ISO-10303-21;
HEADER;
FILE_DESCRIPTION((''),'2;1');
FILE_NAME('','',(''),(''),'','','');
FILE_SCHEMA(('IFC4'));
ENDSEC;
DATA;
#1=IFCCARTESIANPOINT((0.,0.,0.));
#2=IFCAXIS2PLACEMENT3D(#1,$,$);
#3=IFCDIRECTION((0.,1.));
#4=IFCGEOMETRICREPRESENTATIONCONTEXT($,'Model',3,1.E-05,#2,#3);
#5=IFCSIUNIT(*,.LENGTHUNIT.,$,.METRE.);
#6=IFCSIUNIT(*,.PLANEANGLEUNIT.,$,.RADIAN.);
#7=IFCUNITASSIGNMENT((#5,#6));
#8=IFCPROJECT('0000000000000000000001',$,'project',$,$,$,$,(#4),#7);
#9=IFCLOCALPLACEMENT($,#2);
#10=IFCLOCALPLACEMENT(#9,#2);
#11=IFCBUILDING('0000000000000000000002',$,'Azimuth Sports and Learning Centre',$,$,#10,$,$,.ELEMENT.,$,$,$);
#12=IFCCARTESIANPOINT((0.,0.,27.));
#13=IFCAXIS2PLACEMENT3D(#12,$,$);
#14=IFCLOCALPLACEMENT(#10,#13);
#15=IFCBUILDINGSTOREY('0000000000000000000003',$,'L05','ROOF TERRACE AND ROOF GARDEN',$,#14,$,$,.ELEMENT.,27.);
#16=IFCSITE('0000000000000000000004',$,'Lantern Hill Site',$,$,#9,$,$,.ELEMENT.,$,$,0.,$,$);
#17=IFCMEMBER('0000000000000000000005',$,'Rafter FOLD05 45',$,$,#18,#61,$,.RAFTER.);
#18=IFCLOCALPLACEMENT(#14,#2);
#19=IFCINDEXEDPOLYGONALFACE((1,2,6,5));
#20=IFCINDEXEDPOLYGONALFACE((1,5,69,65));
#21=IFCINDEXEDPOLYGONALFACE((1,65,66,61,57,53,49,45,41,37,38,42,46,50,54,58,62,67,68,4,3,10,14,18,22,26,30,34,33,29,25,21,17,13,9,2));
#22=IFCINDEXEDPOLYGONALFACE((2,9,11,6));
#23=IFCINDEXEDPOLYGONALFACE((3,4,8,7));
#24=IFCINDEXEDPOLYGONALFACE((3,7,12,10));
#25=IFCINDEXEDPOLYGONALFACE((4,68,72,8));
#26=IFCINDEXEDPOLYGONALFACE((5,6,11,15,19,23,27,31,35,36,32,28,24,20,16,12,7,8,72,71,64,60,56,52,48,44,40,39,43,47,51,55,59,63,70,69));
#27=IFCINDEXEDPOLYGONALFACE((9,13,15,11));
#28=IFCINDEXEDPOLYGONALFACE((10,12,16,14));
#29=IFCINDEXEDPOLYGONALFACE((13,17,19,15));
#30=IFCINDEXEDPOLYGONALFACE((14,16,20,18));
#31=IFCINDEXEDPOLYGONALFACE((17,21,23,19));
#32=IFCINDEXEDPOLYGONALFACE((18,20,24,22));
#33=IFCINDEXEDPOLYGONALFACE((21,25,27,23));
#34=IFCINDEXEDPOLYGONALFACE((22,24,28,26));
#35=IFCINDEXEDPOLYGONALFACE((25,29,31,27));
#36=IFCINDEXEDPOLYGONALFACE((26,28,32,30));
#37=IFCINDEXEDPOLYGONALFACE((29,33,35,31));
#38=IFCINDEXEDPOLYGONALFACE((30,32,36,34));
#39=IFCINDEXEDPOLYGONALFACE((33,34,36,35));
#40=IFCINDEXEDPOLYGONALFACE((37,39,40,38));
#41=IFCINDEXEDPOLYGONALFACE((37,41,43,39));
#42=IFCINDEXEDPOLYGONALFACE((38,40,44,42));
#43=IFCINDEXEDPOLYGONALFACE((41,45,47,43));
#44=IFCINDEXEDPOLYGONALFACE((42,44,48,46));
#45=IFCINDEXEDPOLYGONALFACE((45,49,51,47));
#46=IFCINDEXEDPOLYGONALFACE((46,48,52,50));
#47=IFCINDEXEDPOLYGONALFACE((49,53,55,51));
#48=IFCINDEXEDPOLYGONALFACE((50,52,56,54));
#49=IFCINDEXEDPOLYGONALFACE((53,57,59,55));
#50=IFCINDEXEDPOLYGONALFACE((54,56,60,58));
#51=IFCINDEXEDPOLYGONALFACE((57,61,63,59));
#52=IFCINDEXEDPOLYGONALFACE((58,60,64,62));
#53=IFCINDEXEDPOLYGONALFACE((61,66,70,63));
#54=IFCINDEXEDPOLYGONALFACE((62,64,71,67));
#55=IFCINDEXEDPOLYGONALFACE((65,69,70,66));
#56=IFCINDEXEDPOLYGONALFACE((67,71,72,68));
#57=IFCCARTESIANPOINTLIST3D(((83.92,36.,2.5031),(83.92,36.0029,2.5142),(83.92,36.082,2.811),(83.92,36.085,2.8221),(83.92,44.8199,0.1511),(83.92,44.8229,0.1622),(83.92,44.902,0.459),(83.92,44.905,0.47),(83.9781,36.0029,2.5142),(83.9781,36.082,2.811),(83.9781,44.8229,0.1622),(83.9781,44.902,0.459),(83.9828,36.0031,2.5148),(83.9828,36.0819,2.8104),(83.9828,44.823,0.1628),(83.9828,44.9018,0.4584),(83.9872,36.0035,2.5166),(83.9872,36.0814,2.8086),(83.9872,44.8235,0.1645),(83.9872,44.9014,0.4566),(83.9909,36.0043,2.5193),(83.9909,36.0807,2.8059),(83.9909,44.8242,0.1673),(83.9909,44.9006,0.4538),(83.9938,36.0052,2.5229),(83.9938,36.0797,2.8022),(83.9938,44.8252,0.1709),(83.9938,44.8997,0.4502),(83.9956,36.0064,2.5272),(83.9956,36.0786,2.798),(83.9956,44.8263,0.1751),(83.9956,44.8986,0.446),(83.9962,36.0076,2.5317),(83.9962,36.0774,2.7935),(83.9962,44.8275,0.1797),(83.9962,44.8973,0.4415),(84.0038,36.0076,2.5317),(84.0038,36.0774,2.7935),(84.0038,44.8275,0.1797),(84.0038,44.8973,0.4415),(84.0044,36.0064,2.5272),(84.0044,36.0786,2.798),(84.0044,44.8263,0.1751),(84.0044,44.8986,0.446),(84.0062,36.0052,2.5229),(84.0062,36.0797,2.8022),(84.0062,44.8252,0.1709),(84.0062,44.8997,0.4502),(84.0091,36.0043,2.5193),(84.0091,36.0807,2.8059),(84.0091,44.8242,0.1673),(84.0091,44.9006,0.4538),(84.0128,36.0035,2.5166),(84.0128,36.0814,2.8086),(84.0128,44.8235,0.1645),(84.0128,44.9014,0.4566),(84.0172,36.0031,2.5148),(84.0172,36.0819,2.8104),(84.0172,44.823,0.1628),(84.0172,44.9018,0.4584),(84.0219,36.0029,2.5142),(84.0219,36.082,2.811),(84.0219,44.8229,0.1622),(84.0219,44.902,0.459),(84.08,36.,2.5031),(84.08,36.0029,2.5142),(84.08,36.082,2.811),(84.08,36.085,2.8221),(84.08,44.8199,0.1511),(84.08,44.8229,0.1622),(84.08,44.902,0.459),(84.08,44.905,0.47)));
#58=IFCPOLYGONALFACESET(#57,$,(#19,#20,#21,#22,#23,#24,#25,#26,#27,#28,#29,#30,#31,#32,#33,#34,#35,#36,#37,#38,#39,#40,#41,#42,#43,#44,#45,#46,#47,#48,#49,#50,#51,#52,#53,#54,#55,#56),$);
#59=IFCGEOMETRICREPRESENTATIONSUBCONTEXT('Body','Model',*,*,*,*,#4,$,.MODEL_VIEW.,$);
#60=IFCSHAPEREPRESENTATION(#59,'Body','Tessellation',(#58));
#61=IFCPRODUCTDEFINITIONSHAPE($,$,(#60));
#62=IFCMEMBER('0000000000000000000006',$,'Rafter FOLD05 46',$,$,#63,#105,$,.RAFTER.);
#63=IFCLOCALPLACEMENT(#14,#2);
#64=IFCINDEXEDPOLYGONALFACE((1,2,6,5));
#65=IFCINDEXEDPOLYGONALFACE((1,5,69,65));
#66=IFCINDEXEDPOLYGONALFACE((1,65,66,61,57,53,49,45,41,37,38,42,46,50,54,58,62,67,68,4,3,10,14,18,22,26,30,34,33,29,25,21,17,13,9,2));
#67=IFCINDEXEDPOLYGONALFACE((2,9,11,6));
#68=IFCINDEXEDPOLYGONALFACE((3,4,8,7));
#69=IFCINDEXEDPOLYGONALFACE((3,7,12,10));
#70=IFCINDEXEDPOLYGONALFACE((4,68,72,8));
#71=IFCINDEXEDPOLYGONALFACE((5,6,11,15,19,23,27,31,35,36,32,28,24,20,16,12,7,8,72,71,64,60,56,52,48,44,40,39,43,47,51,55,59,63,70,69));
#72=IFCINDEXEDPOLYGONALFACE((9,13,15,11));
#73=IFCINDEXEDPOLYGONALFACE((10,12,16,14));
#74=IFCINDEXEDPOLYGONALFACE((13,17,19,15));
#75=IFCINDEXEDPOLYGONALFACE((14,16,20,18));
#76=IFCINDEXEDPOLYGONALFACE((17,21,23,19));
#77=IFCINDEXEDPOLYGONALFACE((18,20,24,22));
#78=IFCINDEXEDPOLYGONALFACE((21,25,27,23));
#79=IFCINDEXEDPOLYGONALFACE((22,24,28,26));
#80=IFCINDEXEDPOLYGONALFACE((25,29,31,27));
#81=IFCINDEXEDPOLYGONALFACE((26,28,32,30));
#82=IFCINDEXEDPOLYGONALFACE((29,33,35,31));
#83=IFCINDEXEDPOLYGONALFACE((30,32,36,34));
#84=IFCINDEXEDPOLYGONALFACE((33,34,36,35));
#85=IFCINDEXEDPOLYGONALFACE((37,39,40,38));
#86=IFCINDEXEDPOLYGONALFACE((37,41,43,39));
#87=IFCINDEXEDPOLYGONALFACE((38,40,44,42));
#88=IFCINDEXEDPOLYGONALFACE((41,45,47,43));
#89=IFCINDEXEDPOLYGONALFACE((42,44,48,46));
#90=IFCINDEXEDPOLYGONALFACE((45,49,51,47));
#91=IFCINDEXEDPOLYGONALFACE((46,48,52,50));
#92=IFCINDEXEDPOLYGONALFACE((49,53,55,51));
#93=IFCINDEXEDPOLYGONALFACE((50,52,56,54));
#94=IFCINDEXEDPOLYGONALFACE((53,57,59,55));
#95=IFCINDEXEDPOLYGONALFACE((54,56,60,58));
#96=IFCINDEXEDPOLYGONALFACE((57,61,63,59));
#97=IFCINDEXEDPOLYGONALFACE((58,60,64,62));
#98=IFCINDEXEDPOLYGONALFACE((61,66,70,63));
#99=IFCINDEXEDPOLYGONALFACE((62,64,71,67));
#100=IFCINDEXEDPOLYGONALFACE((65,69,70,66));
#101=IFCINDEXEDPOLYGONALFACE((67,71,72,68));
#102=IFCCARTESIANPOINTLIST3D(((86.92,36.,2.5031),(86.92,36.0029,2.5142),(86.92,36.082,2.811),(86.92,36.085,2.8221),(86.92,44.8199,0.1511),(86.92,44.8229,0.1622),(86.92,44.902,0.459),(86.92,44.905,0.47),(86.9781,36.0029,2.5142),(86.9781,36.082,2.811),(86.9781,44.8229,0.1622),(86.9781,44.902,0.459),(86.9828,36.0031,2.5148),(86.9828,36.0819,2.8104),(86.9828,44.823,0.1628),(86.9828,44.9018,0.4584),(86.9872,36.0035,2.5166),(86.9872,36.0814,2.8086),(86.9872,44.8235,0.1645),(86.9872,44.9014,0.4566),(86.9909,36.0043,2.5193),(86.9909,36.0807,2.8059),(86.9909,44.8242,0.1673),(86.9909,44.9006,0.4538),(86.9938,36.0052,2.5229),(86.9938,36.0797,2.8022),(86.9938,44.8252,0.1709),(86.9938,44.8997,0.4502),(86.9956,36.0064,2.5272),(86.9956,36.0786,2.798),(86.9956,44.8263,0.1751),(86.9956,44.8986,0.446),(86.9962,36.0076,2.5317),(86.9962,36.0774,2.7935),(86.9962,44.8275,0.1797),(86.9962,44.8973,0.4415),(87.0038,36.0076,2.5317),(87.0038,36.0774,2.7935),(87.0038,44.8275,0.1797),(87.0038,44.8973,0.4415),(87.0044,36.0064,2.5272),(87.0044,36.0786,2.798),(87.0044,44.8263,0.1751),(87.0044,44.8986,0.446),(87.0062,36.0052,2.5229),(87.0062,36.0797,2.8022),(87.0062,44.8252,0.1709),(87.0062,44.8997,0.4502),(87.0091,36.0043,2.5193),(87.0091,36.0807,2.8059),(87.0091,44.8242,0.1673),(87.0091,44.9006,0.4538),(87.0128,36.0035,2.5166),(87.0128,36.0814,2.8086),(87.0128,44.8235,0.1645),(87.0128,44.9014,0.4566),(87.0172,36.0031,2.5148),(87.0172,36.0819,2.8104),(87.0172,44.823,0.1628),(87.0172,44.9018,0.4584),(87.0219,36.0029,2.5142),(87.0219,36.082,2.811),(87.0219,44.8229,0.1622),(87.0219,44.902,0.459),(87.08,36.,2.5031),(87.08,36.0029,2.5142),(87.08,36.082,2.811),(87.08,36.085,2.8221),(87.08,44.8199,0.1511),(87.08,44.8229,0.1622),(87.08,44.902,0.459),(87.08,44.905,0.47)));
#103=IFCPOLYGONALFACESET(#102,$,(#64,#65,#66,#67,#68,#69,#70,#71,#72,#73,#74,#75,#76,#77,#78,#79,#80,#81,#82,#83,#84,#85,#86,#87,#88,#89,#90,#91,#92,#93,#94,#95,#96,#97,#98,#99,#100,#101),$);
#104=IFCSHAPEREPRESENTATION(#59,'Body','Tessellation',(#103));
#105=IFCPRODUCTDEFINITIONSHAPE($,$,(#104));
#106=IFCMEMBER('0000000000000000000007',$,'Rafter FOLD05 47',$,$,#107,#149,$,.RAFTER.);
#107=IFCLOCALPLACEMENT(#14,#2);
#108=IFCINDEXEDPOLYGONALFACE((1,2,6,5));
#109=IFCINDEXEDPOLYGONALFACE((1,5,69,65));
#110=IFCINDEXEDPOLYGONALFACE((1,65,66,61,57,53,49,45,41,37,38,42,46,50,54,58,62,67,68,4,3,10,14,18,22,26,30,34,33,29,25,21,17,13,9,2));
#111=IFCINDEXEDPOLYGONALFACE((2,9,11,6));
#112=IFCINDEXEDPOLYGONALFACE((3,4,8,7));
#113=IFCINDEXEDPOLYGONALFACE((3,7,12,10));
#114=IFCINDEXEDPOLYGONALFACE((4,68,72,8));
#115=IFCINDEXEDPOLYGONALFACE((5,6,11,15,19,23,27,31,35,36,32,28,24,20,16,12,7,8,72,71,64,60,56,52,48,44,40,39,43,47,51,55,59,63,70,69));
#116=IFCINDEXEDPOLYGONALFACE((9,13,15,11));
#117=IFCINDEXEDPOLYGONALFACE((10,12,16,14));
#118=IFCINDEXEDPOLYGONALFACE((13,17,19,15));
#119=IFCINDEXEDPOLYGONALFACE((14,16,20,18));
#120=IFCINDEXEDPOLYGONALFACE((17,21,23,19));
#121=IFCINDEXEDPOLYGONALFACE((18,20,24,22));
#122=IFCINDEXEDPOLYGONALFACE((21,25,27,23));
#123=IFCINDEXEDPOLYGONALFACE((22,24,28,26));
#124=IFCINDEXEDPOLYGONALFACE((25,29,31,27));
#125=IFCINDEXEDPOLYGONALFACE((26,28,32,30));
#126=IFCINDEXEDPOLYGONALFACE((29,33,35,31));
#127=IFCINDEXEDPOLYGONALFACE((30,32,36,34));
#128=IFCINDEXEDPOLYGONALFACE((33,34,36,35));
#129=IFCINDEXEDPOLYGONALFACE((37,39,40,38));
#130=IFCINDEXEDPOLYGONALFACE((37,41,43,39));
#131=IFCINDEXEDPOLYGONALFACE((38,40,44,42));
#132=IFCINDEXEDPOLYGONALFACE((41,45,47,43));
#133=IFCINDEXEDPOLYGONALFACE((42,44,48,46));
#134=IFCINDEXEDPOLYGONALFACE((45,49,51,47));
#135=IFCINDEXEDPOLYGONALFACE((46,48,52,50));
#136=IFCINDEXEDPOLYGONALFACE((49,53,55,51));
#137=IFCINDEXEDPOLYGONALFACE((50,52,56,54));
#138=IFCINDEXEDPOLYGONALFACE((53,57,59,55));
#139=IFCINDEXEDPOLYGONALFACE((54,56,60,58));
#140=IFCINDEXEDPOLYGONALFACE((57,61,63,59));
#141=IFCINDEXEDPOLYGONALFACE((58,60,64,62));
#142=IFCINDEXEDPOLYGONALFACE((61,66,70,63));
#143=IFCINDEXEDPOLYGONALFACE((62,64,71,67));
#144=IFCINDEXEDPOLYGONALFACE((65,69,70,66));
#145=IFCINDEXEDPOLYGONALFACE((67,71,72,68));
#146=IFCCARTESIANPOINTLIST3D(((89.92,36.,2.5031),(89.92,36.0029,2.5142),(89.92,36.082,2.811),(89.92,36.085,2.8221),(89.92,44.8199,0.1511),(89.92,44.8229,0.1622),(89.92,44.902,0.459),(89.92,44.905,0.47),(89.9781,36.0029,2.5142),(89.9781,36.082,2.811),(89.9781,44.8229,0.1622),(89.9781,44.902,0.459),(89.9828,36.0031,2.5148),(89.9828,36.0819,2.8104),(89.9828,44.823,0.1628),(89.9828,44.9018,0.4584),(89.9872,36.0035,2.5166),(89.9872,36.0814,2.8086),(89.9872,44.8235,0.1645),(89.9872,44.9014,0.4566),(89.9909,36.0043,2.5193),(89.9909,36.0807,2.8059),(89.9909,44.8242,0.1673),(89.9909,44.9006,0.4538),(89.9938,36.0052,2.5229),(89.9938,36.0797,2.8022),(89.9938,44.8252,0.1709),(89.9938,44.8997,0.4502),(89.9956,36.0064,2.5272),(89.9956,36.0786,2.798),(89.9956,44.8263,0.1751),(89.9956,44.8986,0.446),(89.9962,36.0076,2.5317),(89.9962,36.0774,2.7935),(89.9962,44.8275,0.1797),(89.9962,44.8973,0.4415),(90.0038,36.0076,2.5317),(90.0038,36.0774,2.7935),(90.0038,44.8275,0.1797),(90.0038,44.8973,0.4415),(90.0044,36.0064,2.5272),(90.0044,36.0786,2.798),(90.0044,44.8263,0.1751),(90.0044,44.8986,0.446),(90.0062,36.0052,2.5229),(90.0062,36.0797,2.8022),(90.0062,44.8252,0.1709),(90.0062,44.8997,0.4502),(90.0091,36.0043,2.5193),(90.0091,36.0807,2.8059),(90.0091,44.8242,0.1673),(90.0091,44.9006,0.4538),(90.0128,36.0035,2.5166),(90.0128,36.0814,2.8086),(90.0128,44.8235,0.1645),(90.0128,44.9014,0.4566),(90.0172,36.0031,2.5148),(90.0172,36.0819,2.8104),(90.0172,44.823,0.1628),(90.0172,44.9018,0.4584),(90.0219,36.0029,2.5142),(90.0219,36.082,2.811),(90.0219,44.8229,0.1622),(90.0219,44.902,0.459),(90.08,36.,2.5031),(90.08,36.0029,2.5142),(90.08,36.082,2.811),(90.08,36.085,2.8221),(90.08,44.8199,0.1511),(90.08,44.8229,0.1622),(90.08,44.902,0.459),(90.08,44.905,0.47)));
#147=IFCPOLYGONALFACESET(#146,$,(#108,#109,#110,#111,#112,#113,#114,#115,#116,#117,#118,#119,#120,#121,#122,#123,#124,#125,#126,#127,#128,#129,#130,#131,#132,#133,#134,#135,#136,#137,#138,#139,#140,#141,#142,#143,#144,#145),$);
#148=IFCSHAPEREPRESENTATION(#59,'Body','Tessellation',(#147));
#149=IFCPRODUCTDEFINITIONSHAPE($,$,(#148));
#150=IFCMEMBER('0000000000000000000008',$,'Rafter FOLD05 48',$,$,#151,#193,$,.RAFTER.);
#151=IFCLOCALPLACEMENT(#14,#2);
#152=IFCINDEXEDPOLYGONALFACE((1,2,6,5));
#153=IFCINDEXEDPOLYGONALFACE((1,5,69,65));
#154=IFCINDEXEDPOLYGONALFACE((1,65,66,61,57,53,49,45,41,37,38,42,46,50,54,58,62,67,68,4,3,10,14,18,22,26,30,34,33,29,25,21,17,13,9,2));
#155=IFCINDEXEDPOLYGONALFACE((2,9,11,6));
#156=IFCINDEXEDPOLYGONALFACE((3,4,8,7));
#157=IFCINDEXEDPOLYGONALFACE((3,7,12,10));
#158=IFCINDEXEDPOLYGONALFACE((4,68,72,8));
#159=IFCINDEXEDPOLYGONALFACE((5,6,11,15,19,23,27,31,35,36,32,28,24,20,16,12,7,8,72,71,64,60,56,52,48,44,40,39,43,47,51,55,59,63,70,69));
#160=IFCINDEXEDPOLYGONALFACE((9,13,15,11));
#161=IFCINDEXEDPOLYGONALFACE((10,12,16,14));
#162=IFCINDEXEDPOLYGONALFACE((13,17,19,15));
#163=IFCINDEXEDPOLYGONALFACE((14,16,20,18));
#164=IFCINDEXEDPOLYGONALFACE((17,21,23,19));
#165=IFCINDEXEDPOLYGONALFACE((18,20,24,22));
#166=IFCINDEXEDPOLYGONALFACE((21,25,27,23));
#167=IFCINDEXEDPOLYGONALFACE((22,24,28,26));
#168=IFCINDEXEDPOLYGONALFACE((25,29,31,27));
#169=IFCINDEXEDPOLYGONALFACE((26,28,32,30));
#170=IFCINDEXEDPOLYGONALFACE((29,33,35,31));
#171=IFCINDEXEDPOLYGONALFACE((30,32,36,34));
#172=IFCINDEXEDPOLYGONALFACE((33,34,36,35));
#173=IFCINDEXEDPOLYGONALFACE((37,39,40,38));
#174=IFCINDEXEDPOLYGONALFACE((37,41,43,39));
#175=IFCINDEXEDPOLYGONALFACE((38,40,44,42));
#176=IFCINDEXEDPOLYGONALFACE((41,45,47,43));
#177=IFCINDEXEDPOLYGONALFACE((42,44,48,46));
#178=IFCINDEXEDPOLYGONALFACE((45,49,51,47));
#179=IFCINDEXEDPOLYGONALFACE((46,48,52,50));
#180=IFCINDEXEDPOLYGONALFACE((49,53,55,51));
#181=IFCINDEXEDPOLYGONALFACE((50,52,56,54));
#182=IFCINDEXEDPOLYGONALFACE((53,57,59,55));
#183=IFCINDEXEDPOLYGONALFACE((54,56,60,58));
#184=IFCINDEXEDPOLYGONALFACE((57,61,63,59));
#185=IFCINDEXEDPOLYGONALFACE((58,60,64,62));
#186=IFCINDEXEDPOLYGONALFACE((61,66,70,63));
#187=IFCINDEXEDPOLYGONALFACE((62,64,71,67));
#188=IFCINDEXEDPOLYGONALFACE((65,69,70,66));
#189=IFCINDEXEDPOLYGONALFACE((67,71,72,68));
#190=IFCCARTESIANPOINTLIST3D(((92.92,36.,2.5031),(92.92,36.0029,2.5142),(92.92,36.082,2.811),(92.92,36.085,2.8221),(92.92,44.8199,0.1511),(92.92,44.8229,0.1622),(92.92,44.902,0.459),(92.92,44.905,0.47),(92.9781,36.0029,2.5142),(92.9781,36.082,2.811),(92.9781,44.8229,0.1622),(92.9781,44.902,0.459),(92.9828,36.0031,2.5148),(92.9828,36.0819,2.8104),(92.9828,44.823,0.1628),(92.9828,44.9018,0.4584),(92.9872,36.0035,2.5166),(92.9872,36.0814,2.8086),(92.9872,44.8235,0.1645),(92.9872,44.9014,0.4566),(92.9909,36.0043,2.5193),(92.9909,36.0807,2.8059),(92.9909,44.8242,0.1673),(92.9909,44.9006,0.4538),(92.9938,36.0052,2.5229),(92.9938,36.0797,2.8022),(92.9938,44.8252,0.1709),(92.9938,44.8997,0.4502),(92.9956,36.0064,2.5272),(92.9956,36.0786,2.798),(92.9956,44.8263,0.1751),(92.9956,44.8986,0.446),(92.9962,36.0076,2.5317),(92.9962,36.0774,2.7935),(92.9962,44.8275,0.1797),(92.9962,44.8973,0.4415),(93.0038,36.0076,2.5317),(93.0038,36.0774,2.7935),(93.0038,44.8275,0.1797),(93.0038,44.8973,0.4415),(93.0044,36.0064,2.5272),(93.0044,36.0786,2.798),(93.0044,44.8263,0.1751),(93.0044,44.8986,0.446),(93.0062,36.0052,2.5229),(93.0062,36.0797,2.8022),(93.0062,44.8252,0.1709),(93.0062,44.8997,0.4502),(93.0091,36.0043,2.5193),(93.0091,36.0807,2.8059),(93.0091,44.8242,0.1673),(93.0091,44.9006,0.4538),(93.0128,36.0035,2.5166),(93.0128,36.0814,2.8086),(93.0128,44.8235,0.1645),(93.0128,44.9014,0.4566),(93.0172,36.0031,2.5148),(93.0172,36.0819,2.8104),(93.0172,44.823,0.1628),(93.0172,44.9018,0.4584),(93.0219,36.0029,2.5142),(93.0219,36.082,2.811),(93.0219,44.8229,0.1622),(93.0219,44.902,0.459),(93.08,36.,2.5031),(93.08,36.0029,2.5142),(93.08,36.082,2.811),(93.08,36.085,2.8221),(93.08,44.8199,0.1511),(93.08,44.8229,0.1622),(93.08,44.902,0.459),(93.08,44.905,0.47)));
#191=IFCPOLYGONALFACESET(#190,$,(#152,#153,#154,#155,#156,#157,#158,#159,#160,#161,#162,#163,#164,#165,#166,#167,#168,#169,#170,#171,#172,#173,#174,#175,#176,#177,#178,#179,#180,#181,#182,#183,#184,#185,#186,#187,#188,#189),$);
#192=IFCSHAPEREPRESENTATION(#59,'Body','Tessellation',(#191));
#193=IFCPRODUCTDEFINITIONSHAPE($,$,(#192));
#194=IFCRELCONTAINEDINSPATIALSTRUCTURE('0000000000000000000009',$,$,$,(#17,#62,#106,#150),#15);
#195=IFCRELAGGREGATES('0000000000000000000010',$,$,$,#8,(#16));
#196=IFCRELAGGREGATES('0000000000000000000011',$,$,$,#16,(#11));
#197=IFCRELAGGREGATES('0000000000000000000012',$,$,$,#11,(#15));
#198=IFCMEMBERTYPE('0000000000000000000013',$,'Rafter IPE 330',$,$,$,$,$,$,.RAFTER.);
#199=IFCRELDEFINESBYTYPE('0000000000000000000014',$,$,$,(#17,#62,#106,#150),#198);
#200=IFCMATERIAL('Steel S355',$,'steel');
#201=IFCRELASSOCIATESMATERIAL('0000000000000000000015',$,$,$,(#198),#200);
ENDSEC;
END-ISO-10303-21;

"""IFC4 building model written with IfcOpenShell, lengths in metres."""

from ifc_helpers import new_model, si_unit, direction, frame, origin, origin_2d, place, context, subcontext, project, spatial, i_section, extrude, material, material_profile, profile_set, type_object, element, save


model = new_model("IFC4")

# Units and contexts
model_context = context("Model", 3, precision=1e-05, world=origin(), true_north=direction((0.0, 1.0)))
body_context = subcontext(model_context, "Body", "Model", "MODEL_VIEW")
ifc_project = project(units=[si_unit("LENGTHUNIT", "METRE"), si_unit("PLANEANGLEUNIT", "RADIAN")], contexts=[model_context])

# Site, building, storey
site_placement = place(None, origin())
site = spatial("IfcSite", under=ifc_project, at=site_placement, Name="Lantern Hill Site", CompositionType="ELEMENT", RefElevation=0.0)
building_placement = place(site_placement, origin())
building = spatial("IfcBuilding", under=site, at=building_placement, Name="Azimuth Sports and Learning Centre", CompositionType="ELEMENT")
storey_placement = place(building_placement, frame((0.0, 0.0, 27.0)))
storey = spatial("IfcBuildingStorey", under=building, at=storey_placement, Name="L05", Description="ROOF TERRACE AND ROOF GARDEN", CompositionType="ELEMENT", Elevation=27.0)

# Members
ifc_material_1 = material(Name="Steel S355", Category="steel")
ifc_material_profile_1 = material_profile(ifc_material_1, i_section(OverallWidth=0.1599, OverallDepth=0.3301, WebThickness=0.0076, FlangeThickness=0.0115, FilletRadius=0.0181, at=origin_2d()), Name="IPE 330")
ifc_profile_set_1 = profile_set([ifc_material_profile_1], Name="Steel S355")
member_type_1 = type_object("IfcMemberType", Name="Rafter IPE 330", PredefinedType="RAFTER", material=ifc_profile_set_1)
for number, where, z_axis, x_axis, name in (
    (1, (84.0, 36.0425, 2.6626), (0.0, 0.966234, -0.257666), (-1.0, 0.0, 0.0), "Rafter FOLD05 45"),
    (2, (87.0, 36.0425, 2.6626), (0.0, 0.966234, -0.257666), (-1.0, 0.0, 0.0), "Rafter FOLD05 46"),
    (3, (90.0, 36.0425, 2.6626), (0.0, 0.966234, -0.257666), (-1.0, 0.0, 0.0), "Rafter FOLD05 47"),
    (4, (93.0, 36.0425, 2.6626), (0.0, 0.966234, -0.257666), (-1.0, 0.0, 0.0), "Rafter FOLD05 48"),
):
    element("IfcMember", number, at=place(storey_placement, frame(where, z_axis=z_axis, x_axis=x_axis)), inside=storey, type_object=member_type_1, Name=name, PredefinedType="RAFTER", context=body_context, shape_type="SweptSolid", body=[
        extrude(i_section(OverallWidth=0.1599, OverallDepth=0.3301, WebThickness=0.0076, FlangeThickness=0.0115, FilletRadius=0.0181, at=origin_2d()), origin(), (0.0, 0.0, 1.0), 9.1282),
    ])

save(model, "model.ifc")
